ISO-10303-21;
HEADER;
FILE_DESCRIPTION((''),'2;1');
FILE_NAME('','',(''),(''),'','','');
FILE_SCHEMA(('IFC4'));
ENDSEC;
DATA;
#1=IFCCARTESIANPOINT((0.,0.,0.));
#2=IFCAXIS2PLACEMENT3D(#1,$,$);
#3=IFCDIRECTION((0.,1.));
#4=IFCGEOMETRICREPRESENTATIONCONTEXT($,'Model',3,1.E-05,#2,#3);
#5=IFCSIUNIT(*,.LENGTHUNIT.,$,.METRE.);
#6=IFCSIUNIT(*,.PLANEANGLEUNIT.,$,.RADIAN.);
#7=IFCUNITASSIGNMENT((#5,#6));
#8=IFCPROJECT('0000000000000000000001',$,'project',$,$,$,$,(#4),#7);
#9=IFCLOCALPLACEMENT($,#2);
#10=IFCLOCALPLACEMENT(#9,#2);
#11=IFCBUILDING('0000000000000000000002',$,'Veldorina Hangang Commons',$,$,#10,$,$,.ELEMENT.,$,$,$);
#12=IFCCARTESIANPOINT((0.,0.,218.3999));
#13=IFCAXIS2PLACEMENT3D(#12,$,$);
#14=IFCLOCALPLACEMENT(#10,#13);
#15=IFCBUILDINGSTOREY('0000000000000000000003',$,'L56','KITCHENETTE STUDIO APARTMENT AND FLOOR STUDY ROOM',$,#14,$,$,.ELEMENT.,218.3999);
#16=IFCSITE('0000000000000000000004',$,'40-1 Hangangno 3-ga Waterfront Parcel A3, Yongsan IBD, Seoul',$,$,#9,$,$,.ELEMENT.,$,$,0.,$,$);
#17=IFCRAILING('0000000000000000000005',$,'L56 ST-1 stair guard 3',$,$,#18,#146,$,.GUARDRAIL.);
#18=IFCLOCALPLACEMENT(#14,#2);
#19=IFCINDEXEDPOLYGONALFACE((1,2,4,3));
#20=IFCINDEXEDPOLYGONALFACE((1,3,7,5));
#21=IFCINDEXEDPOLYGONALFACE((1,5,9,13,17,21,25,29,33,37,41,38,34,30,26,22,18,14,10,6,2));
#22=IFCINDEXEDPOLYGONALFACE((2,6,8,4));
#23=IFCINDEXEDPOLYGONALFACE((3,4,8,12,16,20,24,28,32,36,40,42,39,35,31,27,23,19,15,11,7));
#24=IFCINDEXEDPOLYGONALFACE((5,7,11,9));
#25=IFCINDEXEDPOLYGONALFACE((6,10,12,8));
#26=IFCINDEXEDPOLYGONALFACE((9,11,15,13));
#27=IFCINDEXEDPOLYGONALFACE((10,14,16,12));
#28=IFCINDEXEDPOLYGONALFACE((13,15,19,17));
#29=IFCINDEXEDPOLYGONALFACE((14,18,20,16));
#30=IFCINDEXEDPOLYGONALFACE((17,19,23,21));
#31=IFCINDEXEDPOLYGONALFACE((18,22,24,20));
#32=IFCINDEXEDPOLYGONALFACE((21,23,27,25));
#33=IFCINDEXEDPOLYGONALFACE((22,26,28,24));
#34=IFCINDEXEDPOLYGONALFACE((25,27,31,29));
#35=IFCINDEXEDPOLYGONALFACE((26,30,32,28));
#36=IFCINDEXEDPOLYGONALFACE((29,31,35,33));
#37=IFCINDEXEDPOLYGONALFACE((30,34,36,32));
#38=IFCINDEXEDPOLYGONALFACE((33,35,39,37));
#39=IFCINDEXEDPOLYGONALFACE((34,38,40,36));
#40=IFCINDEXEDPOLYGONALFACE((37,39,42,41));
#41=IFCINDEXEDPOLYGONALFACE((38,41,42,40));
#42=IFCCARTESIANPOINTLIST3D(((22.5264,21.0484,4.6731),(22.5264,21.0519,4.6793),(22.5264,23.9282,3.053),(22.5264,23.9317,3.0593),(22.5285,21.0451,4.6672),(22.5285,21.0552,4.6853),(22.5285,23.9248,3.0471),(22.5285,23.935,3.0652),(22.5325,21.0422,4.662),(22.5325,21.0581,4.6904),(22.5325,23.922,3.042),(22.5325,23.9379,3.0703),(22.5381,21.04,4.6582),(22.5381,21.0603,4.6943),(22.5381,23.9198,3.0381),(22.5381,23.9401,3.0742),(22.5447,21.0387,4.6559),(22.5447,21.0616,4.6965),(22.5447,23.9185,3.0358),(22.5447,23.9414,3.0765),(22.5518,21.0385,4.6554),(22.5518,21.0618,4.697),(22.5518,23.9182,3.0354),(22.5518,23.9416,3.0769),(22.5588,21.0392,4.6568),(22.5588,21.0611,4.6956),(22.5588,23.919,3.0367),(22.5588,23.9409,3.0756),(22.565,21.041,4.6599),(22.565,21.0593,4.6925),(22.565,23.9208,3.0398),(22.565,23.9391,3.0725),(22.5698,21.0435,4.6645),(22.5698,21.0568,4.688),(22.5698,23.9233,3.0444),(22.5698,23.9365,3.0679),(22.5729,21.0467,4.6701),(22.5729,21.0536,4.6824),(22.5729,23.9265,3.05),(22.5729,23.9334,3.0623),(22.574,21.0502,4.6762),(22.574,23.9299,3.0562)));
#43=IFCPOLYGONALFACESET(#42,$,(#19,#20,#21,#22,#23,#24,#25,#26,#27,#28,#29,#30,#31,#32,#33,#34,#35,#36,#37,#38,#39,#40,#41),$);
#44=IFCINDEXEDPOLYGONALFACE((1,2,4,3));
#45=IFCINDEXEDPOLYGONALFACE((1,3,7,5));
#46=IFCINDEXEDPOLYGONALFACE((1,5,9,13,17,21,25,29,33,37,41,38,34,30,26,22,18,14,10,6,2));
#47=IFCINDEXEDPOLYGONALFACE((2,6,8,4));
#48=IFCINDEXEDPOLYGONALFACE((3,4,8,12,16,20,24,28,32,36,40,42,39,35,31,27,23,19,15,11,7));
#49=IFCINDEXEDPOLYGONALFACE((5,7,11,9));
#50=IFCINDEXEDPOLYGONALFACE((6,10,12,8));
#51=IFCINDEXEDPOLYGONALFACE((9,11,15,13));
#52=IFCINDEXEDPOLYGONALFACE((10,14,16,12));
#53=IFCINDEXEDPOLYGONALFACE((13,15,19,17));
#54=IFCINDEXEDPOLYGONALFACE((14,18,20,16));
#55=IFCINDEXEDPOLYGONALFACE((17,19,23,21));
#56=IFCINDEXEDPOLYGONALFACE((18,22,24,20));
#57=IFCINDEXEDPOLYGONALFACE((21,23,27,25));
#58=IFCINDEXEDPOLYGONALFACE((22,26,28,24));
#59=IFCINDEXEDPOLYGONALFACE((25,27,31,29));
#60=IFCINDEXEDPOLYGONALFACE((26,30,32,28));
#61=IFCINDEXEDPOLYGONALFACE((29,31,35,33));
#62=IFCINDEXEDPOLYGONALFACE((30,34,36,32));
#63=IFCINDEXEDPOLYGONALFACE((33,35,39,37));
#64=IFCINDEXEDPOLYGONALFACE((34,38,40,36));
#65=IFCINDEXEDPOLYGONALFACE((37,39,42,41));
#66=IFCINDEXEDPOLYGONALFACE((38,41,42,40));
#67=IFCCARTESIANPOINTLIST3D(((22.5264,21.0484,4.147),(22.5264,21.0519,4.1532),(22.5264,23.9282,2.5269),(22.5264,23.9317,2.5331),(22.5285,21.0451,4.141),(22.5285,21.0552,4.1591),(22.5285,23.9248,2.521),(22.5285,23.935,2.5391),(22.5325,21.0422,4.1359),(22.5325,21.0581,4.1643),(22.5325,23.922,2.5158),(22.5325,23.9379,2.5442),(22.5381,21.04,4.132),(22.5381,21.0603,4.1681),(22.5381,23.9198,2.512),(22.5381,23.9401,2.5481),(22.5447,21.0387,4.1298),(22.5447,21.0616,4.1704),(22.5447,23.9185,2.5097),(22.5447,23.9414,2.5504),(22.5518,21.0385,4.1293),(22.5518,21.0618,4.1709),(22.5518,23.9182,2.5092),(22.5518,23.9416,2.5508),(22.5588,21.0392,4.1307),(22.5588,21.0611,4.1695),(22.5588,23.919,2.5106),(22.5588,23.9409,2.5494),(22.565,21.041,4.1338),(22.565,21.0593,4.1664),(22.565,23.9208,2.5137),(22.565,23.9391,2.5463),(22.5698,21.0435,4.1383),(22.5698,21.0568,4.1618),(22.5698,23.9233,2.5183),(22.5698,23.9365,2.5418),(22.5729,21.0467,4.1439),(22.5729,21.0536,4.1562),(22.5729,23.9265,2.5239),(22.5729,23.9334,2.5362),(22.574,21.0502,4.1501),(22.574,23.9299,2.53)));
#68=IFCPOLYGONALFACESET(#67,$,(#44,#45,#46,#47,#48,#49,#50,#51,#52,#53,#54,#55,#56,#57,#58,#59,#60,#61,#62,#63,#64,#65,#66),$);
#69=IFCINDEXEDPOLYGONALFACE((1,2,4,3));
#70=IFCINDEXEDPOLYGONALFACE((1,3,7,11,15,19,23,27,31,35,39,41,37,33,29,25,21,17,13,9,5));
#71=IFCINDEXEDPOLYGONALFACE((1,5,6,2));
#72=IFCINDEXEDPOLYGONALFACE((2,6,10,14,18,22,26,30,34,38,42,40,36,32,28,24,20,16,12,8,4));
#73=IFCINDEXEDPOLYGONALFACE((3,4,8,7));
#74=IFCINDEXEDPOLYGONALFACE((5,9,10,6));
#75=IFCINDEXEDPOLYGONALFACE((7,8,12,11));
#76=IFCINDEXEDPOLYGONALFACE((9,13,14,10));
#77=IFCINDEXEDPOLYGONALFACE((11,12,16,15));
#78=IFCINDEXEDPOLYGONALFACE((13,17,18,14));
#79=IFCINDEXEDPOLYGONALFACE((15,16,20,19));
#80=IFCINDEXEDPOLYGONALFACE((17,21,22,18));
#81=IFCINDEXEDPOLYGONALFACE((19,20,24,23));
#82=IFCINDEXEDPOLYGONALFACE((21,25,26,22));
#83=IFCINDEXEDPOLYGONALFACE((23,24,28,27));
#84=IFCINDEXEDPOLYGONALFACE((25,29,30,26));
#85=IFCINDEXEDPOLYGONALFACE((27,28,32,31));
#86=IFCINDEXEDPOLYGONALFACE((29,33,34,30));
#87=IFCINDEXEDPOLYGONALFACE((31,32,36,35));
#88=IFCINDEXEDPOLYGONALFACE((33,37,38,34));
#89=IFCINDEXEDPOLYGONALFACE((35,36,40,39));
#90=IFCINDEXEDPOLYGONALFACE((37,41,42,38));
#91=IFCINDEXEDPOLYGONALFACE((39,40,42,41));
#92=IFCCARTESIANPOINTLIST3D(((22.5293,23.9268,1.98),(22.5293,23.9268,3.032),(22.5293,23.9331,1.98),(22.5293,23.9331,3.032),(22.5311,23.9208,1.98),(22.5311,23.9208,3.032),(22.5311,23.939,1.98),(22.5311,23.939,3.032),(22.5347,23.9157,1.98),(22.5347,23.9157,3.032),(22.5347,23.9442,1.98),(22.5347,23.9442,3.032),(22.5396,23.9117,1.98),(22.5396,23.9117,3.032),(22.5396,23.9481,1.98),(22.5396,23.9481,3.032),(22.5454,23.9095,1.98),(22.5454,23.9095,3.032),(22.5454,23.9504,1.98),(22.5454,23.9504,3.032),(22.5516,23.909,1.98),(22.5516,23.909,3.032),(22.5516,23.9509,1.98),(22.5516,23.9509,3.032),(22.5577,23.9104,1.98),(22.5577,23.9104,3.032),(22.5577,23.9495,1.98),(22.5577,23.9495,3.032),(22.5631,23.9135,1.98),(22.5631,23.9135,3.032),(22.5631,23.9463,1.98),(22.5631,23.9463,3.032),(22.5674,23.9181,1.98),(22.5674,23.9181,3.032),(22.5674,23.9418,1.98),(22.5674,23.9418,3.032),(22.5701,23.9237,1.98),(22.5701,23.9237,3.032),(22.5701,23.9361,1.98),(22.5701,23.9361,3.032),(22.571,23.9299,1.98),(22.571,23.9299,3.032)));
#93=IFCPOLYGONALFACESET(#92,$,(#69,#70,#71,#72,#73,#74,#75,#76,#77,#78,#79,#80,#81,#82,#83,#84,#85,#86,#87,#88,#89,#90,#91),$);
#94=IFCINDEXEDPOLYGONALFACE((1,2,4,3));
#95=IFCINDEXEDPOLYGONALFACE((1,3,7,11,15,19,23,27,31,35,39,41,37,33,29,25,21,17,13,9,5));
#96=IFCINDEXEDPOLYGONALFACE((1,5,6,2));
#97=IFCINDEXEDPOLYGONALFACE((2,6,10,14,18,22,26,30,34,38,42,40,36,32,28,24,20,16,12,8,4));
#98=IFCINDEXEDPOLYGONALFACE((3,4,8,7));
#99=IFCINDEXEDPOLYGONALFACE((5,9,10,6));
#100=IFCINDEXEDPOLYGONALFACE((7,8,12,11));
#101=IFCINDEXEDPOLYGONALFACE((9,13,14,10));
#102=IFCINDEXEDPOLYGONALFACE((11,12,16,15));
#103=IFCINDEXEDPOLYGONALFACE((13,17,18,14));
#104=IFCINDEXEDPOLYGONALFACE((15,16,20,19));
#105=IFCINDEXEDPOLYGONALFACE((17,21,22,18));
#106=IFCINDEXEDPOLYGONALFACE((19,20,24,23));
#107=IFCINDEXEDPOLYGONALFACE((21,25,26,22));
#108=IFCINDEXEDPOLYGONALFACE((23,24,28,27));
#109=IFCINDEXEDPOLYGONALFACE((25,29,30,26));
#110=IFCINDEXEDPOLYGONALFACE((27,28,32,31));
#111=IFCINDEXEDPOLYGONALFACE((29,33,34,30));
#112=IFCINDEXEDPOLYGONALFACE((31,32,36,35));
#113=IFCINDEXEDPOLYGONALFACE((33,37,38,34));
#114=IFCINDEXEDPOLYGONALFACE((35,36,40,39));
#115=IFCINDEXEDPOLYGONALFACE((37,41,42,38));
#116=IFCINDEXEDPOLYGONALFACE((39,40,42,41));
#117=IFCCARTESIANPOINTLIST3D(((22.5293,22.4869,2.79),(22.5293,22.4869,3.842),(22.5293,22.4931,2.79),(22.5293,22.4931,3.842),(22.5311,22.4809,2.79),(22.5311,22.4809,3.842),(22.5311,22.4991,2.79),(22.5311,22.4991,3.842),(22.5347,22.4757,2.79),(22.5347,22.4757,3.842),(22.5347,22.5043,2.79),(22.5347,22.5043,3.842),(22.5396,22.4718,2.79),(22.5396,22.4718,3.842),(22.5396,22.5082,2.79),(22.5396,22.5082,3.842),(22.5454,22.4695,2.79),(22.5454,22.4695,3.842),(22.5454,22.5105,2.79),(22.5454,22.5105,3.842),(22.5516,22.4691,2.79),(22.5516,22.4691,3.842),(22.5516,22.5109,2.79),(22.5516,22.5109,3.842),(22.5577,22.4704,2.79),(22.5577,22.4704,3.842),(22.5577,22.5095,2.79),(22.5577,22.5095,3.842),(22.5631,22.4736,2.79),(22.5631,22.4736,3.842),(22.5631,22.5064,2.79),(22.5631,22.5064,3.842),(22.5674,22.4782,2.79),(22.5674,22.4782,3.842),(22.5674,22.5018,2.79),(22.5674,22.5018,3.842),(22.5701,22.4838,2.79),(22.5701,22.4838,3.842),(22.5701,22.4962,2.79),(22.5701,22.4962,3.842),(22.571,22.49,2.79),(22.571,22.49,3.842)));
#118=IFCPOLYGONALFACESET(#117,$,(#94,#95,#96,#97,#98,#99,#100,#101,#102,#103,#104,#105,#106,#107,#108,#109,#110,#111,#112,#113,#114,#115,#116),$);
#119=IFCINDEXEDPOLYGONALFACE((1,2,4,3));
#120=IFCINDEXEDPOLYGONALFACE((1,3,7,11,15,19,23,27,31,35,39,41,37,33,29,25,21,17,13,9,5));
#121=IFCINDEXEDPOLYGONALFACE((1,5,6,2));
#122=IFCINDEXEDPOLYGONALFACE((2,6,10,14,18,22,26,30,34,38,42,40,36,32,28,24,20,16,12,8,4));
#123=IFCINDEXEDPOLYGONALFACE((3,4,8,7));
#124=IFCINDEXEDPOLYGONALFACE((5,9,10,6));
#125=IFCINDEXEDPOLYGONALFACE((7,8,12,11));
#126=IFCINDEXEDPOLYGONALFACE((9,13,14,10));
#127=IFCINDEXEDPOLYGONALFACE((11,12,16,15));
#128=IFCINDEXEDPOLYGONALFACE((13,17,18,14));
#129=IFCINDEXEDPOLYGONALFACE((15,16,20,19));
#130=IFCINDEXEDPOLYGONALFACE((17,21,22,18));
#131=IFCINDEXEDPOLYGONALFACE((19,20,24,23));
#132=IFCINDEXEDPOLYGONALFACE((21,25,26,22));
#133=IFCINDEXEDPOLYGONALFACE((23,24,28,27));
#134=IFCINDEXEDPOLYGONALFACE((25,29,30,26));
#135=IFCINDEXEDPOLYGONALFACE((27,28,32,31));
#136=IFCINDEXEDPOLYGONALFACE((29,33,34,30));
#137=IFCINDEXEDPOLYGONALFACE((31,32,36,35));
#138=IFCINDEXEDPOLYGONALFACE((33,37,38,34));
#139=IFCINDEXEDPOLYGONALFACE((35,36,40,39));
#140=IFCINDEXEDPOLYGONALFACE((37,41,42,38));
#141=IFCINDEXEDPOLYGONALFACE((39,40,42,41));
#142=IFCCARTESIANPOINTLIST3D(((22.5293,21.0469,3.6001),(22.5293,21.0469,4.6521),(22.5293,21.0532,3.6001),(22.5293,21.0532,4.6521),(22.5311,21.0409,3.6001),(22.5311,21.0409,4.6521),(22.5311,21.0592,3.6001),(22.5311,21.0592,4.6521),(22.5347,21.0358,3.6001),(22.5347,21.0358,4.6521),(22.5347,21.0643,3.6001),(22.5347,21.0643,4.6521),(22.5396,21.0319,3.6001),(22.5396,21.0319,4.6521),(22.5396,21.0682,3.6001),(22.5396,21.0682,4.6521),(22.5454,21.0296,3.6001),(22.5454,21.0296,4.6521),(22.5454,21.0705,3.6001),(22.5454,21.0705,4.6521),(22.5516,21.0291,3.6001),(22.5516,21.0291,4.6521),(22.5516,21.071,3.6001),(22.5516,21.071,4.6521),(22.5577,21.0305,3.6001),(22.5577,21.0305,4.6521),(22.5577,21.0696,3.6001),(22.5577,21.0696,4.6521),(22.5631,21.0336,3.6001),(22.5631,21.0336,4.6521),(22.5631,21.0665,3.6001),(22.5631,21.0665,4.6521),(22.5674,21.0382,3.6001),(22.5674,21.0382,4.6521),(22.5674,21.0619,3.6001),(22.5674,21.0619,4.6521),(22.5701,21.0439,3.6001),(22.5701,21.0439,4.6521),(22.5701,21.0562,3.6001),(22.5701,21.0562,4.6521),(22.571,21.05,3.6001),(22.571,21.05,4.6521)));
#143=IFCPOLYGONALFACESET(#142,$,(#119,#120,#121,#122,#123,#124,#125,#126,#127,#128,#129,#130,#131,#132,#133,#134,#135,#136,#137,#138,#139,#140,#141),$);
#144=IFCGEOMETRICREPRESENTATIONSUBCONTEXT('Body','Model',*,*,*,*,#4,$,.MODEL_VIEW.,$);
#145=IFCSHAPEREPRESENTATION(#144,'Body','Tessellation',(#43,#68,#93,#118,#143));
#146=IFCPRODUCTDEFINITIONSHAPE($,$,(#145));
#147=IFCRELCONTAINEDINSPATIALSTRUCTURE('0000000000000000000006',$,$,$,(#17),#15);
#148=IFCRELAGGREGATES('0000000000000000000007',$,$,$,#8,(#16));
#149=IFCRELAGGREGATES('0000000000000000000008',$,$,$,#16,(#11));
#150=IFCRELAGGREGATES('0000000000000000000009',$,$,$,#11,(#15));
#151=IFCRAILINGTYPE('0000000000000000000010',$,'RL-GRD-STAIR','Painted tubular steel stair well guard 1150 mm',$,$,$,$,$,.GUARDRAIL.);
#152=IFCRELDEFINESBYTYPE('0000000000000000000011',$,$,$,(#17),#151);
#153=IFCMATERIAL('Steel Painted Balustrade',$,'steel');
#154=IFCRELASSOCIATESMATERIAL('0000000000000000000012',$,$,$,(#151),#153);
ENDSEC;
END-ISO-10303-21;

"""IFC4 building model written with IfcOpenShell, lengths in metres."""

from ifc_helpers import new_model, si_unit, direction, frame, origin, origin_2d, place, context, subcontext, project, spatial, circle, extrude, material, type_object, element, save


model = new_model("IFC4")

# Units and contexts
model_context = context("Model", 3, precision=1e-05, world=origin(), true_north=direction((0.0, 1.0)))
body_context = subcontext(model_context, "Body", "Model", "MODEL_VIEW")
ifc_project = project(units=[si_unit("LENGTHUNIT", "METRE"), si_unit("PLANEANGLEUNIT", "RADIAN")], contexts=[model_context])

# Site, building, storey
site_placement = place(None, origin())
site = spatial("IfcSite", under=ifc_project, at=site_placement, Name="40-1 Hangangno 3-ga Waterfront Parcel A3, Yongsan IBD, Seoul", CompositionType="ELEMENT", RefElevation=0.0)
building_placement = place(site_placement, origin())
building = spatial("IfcBuilding", under=site, at=building_placement, Name="Veldorina Hangang Commons", CompositionType="ELEMENT")
storey_placement = place(building_placement, frame((0.0, 0.0, 218.3999)))
storey = spatial("IfcBuildingStorey", under=building, at=storey_placement, Name="L56", Description="KITCHENETTE STUDIO APARTMENT AND FLOOR STUDY ROOM", CompositionType="ELEMENT", Elevation=218.3999)

# Railing
ifc_material_1 = material(Name="Steel Painted Balustrade", Category="steel")
railing_type = type_object("IfcRailingType", Name="RL-GRD-STAIR", Description="Painted tubular steel stair well guard 1150 mm", PredefinedType="GUARDRAIL", material=ifc_material_1)
railing_1_placement = place(storey_placement, frame((22.55, 23.9299, 1.98)))
element("IfcRailing", 1, at=railing_1_placement, inside=storey, type_object=railing_type, Name="L56 ST-1 stair guard 3", PredefinedType="GUARDRAIL", context=body_context, shape_type="SweptSolid", body=[
    extrude(circle(Radius=0.0239, at=origin_2d()), frame((0.0, 0.0, 1.0762), z_axis=(0.0, -0.871552, 0.490303), x_axis=(1.0, 0.0, 0.0)), (0.0, 0.0, 1.0), 3.3042),
    extrude(circle(Radius=0.0239, at=origin_2d()), frame((0.0, 0.0, 0.55), z_axis=(0.0, -0.871552, 0.490303), x_axis=(1.0, 0.0, 0.0)), (0.0, 0.0, 1.0), 3.3042),
    extrude(circle(Radius=0.021, at=origin_2d()), origin(), (0.0, 0.0, 1.0), 1.052),
    extrude(circle(Radius=0.021, at=origin_2d()), frame((0.0, -1.4399, 0.8101)), (0.0, 0.0, 1.0), 1.052),
    extrude(circle(Radius=0.021, at=origin_2d()), frame((0.0, -2.8799, 1.6201)), (0.0, 0.0, 1.0), 1.052),
])

save(model, "model.ifc")
